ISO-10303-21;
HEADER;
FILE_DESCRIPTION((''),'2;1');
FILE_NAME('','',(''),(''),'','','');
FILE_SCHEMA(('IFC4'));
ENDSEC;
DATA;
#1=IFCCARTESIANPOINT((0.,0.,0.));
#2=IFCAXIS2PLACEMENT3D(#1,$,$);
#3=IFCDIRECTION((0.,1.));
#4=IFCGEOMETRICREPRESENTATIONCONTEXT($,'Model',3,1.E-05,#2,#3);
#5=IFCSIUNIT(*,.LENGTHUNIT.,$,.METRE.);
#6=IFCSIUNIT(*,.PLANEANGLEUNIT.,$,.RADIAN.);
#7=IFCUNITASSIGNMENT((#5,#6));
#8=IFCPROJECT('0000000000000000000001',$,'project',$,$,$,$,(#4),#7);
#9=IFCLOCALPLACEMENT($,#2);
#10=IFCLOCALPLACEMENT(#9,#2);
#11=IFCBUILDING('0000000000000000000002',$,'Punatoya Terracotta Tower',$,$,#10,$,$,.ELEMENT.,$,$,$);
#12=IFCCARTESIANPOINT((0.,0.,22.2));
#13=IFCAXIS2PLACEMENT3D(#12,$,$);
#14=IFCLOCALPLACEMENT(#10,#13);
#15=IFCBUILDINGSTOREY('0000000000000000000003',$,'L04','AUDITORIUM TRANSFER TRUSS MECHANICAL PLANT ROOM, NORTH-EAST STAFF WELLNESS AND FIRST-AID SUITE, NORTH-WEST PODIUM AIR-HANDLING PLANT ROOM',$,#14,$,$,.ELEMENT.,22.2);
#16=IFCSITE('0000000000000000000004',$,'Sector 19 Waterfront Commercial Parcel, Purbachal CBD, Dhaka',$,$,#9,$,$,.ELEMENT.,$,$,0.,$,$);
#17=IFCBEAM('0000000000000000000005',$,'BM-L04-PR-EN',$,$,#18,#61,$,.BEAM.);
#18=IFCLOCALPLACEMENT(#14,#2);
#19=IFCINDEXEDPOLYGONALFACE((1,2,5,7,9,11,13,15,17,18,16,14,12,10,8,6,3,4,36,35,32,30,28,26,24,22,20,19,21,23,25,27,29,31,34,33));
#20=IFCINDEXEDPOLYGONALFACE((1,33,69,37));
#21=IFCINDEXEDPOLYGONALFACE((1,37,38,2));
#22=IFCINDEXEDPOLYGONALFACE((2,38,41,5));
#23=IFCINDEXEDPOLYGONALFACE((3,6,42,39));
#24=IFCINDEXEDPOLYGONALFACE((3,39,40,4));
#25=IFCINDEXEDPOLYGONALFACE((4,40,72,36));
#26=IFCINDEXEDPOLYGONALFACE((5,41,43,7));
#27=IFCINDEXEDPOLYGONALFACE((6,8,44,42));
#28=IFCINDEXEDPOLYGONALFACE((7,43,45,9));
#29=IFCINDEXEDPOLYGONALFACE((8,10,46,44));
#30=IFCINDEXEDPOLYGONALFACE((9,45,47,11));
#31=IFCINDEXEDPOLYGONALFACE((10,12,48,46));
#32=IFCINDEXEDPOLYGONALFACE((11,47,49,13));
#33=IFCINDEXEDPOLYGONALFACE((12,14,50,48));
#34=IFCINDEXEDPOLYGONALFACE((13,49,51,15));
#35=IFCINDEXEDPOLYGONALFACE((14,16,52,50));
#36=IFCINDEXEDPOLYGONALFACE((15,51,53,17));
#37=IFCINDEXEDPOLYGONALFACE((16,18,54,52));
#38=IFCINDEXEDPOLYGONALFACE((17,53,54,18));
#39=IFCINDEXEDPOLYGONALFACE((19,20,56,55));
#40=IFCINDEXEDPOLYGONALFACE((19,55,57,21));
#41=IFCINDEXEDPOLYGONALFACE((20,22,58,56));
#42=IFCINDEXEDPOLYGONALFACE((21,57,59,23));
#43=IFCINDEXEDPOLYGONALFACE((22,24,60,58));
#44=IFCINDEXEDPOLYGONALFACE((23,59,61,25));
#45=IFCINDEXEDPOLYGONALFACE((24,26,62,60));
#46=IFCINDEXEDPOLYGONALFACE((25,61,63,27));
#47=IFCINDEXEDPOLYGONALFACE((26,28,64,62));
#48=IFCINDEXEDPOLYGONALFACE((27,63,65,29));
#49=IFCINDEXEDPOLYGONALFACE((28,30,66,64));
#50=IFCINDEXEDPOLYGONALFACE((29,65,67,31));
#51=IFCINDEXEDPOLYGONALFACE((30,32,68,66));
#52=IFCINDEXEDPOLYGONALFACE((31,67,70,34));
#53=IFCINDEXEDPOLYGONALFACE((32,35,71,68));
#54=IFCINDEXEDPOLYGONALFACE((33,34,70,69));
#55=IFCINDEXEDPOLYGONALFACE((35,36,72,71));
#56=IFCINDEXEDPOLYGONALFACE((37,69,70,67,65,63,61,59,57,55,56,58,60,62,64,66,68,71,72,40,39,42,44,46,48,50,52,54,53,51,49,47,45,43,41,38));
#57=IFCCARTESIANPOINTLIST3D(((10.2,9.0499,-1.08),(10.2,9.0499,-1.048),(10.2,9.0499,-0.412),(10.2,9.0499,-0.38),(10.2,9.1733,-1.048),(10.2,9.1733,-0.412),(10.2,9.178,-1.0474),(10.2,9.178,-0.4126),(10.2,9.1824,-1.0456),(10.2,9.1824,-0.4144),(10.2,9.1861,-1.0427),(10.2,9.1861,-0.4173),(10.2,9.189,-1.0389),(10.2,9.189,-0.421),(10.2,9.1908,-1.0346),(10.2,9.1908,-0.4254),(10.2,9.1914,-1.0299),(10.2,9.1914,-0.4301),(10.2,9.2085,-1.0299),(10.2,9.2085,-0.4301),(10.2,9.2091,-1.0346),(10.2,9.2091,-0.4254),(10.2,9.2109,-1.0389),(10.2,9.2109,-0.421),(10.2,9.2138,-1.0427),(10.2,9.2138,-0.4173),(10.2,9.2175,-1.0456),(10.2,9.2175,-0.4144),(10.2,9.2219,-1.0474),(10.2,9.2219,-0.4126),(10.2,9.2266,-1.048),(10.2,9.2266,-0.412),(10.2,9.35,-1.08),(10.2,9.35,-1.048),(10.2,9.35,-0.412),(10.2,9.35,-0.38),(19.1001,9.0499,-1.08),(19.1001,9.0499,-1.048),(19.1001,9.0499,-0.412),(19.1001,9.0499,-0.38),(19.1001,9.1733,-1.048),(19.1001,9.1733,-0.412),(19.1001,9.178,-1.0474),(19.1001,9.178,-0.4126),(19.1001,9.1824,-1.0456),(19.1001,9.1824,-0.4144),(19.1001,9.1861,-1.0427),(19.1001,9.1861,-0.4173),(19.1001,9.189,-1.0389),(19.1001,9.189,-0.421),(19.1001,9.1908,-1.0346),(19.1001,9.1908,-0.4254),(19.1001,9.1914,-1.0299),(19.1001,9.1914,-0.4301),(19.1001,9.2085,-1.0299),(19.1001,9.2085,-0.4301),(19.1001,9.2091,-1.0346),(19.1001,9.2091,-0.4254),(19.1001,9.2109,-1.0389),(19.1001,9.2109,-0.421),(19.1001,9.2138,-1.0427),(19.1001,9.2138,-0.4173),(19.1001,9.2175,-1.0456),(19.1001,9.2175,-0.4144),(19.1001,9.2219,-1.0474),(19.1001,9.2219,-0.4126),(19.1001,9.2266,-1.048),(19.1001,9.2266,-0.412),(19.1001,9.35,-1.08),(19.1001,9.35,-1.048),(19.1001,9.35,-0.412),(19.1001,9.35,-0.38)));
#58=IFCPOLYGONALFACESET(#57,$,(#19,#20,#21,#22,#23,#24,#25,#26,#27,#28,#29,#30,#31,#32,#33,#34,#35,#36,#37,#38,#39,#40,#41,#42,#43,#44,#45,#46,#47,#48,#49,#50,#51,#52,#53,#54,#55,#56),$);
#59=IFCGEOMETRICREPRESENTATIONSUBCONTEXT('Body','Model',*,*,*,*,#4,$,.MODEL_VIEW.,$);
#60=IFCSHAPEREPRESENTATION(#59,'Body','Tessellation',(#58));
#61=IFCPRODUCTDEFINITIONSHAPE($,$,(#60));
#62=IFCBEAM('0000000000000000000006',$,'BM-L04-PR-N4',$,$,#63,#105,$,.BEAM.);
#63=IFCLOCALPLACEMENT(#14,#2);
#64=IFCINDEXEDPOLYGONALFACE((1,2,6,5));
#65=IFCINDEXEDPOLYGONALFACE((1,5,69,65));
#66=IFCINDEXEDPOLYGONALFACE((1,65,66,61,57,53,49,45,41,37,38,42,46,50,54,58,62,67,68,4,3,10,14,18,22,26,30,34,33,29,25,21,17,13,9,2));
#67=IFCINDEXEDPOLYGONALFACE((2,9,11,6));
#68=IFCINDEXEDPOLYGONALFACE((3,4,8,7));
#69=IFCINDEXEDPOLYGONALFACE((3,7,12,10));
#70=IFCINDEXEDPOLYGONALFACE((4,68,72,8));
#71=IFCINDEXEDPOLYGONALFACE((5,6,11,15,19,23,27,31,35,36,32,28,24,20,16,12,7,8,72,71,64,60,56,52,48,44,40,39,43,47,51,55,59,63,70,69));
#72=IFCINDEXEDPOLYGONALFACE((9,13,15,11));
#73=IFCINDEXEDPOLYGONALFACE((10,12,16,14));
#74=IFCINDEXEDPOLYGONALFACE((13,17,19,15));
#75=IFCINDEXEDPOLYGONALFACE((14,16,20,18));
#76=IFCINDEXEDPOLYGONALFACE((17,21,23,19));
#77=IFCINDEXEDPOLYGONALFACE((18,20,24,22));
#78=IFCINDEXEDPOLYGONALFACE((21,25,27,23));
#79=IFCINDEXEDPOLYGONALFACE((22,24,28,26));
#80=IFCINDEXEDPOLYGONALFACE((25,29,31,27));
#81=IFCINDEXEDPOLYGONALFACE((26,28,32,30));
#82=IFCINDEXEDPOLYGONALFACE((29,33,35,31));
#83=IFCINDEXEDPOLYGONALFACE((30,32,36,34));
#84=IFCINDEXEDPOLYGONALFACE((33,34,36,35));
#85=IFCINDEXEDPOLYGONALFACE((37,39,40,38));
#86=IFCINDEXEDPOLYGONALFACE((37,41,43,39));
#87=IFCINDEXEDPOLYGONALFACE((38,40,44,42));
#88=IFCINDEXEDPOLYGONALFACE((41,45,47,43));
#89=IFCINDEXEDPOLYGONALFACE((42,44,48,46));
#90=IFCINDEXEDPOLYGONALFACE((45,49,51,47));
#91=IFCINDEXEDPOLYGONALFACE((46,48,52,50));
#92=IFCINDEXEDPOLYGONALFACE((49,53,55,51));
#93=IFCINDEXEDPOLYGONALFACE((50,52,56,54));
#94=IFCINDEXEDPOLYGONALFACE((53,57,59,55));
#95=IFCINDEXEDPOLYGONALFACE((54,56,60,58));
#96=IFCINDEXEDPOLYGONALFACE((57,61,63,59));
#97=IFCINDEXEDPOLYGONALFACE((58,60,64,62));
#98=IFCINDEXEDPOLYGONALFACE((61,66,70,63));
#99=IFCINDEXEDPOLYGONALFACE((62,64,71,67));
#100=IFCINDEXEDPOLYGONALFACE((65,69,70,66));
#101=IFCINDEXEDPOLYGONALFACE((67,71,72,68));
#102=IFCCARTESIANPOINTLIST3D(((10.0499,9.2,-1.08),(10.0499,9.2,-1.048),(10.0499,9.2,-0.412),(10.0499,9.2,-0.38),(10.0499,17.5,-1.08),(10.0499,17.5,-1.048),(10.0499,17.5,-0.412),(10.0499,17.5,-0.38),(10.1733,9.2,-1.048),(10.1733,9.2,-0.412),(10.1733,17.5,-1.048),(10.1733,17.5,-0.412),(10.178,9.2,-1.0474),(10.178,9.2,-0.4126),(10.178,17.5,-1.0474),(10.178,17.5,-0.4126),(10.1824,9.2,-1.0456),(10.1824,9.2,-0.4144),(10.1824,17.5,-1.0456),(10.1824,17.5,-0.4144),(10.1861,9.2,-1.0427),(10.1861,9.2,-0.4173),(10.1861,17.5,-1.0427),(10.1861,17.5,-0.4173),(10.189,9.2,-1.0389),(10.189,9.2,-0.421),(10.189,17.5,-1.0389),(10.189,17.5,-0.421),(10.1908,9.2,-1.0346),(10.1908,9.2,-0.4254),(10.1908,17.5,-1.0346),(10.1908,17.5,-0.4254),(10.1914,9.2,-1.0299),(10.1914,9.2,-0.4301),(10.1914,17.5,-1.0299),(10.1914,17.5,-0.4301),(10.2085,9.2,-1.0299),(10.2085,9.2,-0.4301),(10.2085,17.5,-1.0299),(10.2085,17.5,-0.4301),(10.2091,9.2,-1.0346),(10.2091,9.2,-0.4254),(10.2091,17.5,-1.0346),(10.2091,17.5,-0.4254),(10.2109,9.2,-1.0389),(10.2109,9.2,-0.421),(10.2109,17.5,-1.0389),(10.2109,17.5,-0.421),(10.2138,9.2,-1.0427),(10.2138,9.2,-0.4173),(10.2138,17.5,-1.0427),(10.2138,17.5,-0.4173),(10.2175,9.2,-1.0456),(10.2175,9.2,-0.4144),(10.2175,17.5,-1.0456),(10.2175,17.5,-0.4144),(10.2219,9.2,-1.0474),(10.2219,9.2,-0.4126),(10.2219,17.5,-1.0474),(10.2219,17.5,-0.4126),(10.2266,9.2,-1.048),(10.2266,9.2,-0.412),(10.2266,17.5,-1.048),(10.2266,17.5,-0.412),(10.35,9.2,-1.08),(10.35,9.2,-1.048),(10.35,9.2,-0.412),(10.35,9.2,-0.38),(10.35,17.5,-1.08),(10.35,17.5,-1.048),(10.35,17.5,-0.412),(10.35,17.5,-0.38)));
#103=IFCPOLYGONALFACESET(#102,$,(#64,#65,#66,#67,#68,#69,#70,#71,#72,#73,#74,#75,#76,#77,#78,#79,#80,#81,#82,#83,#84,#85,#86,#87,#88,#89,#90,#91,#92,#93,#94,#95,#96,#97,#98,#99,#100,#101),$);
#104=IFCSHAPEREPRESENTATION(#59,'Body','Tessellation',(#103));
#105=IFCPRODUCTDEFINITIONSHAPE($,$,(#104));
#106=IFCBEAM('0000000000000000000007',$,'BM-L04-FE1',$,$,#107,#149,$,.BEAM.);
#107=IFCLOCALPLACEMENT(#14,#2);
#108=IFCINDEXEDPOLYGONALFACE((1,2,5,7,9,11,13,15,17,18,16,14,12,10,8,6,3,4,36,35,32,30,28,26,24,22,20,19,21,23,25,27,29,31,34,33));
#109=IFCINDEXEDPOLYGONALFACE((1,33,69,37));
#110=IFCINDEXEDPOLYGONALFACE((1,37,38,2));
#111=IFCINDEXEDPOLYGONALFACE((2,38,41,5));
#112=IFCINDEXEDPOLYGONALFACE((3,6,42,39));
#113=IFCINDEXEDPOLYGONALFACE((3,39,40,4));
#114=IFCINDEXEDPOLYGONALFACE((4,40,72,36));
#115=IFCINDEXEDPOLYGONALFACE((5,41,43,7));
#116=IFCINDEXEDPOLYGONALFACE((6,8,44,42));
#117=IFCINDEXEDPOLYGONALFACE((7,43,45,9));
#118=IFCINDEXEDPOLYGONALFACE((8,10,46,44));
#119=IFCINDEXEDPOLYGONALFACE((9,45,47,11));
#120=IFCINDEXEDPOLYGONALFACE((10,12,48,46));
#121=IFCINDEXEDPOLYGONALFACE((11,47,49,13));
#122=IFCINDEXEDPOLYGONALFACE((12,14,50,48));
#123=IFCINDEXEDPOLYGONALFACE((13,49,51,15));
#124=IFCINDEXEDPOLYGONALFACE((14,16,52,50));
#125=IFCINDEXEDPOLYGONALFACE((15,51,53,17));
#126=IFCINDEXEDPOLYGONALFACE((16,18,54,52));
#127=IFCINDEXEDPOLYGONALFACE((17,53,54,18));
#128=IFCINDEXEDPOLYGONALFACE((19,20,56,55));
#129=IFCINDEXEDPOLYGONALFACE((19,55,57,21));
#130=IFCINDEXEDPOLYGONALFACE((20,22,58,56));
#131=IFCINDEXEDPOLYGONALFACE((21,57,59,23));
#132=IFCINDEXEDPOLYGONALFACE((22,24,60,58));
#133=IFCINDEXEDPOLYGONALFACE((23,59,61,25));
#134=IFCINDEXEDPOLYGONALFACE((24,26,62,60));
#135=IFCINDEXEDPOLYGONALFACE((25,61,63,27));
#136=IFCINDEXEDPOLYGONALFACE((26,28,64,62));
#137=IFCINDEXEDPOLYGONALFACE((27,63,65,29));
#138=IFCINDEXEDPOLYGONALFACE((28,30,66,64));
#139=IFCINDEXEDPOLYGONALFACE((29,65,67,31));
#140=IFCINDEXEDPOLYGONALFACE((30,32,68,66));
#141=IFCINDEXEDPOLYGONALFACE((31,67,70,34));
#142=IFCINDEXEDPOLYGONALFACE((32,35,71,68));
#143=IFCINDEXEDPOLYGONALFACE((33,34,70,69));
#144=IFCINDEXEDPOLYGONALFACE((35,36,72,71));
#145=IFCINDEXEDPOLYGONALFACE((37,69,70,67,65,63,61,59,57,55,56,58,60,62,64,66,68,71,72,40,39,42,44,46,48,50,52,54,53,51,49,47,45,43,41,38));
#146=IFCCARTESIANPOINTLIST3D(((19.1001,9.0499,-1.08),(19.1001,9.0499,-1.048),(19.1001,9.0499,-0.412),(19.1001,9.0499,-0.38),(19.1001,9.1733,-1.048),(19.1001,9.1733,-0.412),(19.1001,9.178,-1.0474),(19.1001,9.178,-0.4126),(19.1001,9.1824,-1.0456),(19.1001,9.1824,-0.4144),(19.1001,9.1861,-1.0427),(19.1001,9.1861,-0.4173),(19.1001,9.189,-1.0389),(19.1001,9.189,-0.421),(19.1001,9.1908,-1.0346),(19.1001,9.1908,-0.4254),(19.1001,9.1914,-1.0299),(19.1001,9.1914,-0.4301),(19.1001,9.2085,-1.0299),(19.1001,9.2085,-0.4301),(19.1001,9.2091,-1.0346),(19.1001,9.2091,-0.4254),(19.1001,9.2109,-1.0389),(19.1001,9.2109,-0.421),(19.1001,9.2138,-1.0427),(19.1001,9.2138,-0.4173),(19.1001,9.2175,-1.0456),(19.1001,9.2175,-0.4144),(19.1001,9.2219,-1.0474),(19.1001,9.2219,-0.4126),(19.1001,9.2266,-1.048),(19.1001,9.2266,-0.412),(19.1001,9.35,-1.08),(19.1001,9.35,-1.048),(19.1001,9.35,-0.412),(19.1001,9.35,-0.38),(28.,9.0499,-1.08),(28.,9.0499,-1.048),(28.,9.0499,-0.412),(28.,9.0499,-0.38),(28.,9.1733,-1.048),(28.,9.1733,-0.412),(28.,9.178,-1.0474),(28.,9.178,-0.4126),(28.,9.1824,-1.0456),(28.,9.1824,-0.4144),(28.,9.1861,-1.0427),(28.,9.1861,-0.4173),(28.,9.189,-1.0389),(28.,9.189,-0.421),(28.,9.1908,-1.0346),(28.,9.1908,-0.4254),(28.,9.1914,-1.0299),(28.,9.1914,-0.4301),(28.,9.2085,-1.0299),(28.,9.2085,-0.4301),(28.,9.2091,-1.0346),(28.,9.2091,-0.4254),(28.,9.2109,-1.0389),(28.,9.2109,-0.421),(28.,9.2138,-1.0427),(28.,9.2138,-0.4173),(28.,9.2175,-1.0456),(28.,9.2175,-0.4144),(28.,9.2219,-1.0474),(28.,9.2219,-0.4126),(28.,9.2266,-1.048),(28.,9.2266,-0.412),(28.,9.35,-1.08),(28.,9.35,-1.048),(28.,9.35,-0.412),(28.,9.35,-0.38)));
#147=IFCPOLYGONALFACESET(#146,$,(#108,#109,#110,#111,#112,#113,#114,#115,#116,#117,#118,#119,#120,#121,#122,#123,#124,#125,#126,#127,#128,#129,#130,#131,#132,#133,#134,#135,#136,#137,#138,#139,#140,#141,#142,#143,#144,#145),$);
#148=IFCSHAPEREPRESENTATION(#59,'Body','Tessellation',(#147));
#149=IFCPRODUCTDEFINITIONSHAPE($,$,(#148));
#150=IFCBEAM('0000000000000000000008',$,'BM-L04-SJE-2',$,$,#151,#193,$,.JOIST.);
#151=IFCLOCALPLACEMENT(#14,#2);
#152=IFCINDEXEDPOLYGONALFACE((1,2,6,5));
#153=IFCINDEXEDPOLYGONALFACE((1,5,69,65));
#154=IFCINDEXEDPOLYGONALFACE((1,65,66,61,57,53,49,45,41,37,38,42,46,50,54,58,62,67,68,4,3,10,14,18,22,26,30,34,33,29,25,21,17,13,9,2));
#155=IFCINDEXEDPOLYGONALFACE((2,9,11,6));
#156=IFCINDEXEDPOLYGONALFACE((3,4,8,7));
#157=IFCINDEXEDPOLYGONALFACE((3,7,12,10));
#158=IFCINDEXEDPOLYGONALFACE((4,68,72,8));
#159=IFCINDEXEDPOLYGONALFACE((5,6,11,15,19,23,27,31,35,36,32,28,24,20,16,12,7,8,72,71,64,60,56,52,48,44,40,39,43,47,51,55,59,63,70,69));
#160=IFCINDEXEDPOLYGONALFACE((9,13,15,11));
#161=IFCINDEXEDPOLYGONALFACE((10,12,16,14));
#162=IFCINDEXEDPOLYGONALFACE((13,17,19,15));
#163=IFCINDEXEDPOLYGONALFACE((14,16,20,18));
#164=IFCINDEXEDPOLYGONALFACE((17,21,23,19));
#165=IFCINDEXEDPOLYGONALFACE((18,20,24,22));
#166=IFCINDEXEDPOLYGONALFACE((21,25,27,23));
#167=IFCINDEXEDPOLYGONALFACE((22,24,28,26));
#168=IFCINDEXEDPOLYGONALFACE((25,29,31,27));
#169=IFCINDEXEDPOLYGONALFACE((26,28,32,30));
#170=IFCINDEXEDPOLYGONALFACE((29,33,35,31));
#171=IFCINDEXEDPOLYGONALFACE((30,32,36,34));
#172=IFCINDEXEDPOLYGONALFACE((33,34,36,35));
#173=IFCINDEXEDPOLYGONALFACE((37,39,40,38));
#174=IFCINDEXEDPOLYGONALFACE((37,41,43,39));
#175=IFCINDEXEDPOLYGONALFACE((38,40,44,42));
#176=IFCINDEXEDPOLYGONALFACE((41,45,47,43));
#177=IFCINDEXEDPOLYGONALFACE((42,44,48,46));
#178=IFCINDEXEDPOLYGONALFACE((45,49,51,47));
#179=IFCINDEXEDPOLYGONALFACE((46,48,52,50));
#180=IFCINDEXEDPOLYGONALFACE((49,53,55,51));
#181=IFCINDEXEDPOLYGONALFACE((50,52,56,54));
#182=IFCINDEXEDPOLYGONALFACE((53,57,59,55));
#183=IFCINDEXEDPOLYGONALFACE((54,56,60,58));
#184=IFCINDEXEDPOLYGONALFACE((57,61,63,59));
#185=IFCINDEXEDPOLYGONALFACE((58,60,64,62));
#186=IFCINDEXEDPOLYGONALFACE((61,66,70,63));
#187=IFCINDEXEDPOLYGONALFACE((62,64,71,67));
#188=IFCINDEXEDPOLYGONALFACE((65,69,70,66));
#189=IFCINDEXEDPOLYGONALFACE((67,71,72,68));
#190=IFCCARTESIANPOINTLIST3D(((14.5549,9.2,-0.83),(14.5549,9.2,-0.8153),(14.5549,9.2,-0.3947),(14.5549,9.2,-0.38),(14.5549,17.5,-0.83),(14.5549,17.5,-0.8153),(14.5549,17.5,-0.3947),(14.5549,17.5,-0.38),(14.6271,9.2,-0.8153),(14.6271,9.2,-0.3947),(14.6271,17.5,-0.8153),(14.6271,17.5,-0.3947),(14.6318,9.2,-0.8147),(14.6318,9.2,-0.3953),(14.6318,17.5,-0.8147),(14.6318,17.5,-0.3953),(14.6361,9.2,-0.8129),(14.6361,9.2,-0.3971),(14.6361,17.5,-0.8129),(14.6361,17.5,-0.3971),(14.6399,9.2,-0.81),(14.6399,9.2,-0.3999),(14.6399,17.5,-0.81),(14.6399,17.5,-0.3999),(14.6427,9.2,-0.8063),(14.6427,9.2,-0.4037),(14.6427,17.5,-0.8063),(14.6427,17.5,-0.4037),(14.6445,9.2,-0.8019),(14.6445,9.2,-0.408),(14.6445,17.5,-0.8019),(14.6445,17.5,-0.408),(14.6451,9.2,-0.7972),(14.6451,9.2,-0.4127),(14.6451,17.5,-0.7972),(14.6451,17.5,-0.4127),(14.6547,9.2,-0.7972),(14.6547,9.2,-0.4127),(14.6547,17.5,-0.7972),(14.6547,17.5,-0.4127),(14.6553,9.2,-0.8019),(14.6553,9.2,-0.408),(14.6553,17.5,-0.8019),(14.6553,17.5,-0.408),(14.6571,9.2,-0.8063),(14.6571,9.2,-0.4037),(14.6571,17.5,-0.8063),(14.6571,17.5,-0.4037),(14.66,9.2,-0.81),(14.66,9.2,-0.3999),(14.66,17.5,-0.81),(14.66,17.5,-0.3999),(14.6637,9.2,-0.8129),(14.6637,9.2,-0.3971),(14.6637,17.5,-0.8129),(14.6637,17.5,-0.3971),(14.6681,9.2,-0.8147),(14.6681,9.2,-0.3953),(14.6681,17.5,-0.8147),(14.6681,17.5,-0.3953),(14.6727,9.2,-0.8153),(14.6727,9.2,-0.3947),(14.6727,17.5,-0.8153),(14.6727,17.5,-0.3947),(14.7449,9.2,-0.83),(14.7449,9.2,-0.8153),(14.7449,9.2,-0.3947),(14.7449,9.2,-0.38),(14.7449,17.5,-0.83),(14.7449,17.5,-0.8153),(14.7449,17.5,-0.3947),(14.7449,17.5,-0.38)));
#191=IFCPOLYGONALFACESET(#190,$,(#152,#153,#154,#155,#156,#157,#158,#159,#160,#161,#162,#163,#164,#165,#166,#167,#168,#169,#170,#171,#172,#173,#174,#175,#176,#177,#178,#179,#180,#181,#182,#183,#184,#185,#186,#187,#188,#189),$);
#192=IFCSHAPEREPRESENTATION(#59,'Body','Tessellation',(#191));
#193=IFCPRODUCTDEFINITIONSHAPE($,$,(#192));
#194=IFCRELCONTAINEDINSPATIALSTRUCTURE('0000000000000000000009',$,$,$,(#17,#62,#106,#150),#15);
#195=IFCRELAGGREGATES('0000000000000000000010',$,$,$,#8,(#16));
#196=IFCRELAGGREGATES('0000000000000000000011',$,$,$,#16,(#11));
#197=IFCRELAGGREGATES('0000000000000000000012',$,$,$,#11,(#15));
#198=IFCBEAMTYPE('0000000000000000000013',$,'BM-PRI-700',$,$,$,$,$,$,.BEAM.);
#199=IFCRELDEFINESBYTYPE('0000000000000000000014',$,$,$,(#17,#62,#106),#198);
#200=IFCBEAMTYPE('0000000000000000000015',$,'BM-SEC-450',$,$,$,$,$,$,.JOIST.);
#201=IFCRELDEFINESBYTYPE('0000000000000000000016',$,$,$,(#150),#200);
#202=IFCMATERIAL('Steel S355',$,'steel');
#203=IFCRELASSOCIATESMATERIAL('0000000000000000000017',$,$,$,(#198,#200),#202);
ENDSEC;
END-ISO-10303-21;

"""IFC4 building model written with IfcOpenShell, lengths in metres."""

from ifc_helpers import new_model, si_unit, direction, frame, origin, origin_2d, place, context, subcontext, project, spatial, i_section, extrude, material, material_profile, profile_set, type_object, element, save


model = new_model("IFC4")

# Units and contexts
model_context = context("Model", 3, precision=1e-05, world=origin(), true_north=direction((0.0, 1.0)))
body_context = subcontext(model_context, "Body", "Model", "MODEL_VIEW")
ifc_project = project(units=[si_unit("LENGTHUNIT", "METRE"), si_unit("PLANEANGLEUNIT", "RADIAN")], contexts=[model_context])

# Site, building, storey
site_placement = place(None, origin())
site = spatial("IfcSite", under=ifc_project, at=site_placement, Name="Sector 19 Waterfront Commercial Parcel, Purbachal CBD, Dhaka", CompositionType="ELEMENT", RefElevation=0.0)
building_placement = place(site_placement, origin())
building = spatial("IfcBuilding", under=site, at=building_placement, Name="Punatoya Terracotta Tower", CompositionType="ELEMENT")
storey_placement = place(building_placement, frame((0.0, 0.0, 22.2)))
storey = spatial("IfcBuildingStorey", under=building, at=storey_placement, Name="L04", Description="AUDITORIUM TRANSFER TRUSS MECHANICAL PLANT ROOM, NORTH-EAST STAFF WELLNESS AND FIRST-AID SUITE, NORTH-WEST PODIUM AIR-HANDLING PLANT ROOM", CompositionType="ELEMENT", Elevation=22.2)

# Beams
ifc_material_1 = material(Name="Steel S355", Category="steel")
ifc_material_profile_1 = material_profile(ifc_material_1, i_section(OverallWidth=0.3, OverallDepth=0.7, WebThickness=0.0171, FlangeThickness=0.032, FilletRadius=0.0181, at=origin_2d()))
ifc_profile_set_1 = profile_set([ifc_material_profile_1], Name="Steel S355")
beam_type_1 = type_object("IfcBeamType", Name="BM-PRI-700", PredefinedType="BEAM", material=ifc_profile_set_1)
for number, where, z_axis, x_axis, name in (
    (1, (10.2, 9.2, -0.73), (1.0, 0.0, 0.0), (0.0, 1.0, 0.0), "BM-L04-PR-EN"),
):
    element("IfcBeam", number, at=place(storey_placement, frame(where, z_axis=z_axis, x_axis=x_axis)), inside=storey, type_object=beam_type_1, Name=name, PredefinedType="BEAM", context=body_context, shape_type="SweptSolid", body=[
        extrude(i_section(OverallWidth=0.3, OverallDepth=0.7, WebThickness=0.0171, FlangeThickness=0.032, FilletRadius=0.0181, at=origin_2d()), origin(), (0.0, 0.0, 1.0), 8.9001),
    ])
beam_1_placement = place(storey_placement, frame((10.2, 9.2, -0.73), z_axis=(0.0, 1.0, 0.0), x_axis=(-1.0, 0.0, 0.0)))
element("IfcBeam", 2, at=beam_1_placement, inside=storey, type_object=beam_type_1, Name="BM-L04-PR-N4", PredefinedType="BEAM", context=body_context, shape_type="SweptSolid", body=[
    extrude(i_section(OverallWidth=0.3, OverallDepth=0.7, WebThickness=0.0171, FlangeThickness=0.032, FilletRadius=0.0181, at=origin_2d()), origin(), (0.0, 0.0, 1.0), 8.3),
])
beam_2_placement = place(storey_placement, frame((19.1001, 9.2, -0.73), z_axis=(1.0, 0.0, 0.0), x_axis=(0.0, 1.0, 0.0)))
element("IfcBeam", 3, at=beam_2_placement, inside=storey, type_object=beam_type_1, Name="BM-L04-FE1", PredefinedType="BEAM", context=body_context, shape_type="SweptSolid", body=[
    extrude(i_section(OverallWidth=0.3, OverallDepth=0.7, WebThickness=0.0171, FlangeThickness=0.032, FilletRadius=0.0181, at=origin_2d()), origin(), (0.0, 0.0, 1.0), 8.8999),
])
ifc_material_profile_2 = material_profile(ifc_material_1, i_section(OverallWidth=0.1899, OverallDepth=0.45, WebThickness=0.0095, FlangeThickness=0.0146, FilletRadius=0.0181, at=origin_2d()))
ifc_profile_set_2 = profile_set([ifc_material_profile_2], Name="Steel S355")
beam_type_2 = type_object("IfcBeamType", Name="BM-SEC-450", PredefinedType="JOIST", material=ifc_profile_set_2)
beam_3_placement = place(storey_placement, frame((14.6499, 9.2, -0.605), z_axis=(0.0, 1.0, 0.0), x_axis=(-1.0, 0.0, 0.0)))
element("IfcBeam", 4, at=beam_3_placement, inside=storey, type_object=beam_type_2, Name="BM-L04-SJE-2", PredefinedType="JOIST", context=body_context, shape_type="SweptSolid", body=[
    extrude(i_section(OverallWidth=0.1899, OverallDepth=0.45, WebThickness=0.0095, FlangeThickness=0.0146, FilletRadius=0.0181, at=origin_2d()), origin(), (0.0, 0.0, 1.0), 8.3),
])

save(model, "model.ifc")
